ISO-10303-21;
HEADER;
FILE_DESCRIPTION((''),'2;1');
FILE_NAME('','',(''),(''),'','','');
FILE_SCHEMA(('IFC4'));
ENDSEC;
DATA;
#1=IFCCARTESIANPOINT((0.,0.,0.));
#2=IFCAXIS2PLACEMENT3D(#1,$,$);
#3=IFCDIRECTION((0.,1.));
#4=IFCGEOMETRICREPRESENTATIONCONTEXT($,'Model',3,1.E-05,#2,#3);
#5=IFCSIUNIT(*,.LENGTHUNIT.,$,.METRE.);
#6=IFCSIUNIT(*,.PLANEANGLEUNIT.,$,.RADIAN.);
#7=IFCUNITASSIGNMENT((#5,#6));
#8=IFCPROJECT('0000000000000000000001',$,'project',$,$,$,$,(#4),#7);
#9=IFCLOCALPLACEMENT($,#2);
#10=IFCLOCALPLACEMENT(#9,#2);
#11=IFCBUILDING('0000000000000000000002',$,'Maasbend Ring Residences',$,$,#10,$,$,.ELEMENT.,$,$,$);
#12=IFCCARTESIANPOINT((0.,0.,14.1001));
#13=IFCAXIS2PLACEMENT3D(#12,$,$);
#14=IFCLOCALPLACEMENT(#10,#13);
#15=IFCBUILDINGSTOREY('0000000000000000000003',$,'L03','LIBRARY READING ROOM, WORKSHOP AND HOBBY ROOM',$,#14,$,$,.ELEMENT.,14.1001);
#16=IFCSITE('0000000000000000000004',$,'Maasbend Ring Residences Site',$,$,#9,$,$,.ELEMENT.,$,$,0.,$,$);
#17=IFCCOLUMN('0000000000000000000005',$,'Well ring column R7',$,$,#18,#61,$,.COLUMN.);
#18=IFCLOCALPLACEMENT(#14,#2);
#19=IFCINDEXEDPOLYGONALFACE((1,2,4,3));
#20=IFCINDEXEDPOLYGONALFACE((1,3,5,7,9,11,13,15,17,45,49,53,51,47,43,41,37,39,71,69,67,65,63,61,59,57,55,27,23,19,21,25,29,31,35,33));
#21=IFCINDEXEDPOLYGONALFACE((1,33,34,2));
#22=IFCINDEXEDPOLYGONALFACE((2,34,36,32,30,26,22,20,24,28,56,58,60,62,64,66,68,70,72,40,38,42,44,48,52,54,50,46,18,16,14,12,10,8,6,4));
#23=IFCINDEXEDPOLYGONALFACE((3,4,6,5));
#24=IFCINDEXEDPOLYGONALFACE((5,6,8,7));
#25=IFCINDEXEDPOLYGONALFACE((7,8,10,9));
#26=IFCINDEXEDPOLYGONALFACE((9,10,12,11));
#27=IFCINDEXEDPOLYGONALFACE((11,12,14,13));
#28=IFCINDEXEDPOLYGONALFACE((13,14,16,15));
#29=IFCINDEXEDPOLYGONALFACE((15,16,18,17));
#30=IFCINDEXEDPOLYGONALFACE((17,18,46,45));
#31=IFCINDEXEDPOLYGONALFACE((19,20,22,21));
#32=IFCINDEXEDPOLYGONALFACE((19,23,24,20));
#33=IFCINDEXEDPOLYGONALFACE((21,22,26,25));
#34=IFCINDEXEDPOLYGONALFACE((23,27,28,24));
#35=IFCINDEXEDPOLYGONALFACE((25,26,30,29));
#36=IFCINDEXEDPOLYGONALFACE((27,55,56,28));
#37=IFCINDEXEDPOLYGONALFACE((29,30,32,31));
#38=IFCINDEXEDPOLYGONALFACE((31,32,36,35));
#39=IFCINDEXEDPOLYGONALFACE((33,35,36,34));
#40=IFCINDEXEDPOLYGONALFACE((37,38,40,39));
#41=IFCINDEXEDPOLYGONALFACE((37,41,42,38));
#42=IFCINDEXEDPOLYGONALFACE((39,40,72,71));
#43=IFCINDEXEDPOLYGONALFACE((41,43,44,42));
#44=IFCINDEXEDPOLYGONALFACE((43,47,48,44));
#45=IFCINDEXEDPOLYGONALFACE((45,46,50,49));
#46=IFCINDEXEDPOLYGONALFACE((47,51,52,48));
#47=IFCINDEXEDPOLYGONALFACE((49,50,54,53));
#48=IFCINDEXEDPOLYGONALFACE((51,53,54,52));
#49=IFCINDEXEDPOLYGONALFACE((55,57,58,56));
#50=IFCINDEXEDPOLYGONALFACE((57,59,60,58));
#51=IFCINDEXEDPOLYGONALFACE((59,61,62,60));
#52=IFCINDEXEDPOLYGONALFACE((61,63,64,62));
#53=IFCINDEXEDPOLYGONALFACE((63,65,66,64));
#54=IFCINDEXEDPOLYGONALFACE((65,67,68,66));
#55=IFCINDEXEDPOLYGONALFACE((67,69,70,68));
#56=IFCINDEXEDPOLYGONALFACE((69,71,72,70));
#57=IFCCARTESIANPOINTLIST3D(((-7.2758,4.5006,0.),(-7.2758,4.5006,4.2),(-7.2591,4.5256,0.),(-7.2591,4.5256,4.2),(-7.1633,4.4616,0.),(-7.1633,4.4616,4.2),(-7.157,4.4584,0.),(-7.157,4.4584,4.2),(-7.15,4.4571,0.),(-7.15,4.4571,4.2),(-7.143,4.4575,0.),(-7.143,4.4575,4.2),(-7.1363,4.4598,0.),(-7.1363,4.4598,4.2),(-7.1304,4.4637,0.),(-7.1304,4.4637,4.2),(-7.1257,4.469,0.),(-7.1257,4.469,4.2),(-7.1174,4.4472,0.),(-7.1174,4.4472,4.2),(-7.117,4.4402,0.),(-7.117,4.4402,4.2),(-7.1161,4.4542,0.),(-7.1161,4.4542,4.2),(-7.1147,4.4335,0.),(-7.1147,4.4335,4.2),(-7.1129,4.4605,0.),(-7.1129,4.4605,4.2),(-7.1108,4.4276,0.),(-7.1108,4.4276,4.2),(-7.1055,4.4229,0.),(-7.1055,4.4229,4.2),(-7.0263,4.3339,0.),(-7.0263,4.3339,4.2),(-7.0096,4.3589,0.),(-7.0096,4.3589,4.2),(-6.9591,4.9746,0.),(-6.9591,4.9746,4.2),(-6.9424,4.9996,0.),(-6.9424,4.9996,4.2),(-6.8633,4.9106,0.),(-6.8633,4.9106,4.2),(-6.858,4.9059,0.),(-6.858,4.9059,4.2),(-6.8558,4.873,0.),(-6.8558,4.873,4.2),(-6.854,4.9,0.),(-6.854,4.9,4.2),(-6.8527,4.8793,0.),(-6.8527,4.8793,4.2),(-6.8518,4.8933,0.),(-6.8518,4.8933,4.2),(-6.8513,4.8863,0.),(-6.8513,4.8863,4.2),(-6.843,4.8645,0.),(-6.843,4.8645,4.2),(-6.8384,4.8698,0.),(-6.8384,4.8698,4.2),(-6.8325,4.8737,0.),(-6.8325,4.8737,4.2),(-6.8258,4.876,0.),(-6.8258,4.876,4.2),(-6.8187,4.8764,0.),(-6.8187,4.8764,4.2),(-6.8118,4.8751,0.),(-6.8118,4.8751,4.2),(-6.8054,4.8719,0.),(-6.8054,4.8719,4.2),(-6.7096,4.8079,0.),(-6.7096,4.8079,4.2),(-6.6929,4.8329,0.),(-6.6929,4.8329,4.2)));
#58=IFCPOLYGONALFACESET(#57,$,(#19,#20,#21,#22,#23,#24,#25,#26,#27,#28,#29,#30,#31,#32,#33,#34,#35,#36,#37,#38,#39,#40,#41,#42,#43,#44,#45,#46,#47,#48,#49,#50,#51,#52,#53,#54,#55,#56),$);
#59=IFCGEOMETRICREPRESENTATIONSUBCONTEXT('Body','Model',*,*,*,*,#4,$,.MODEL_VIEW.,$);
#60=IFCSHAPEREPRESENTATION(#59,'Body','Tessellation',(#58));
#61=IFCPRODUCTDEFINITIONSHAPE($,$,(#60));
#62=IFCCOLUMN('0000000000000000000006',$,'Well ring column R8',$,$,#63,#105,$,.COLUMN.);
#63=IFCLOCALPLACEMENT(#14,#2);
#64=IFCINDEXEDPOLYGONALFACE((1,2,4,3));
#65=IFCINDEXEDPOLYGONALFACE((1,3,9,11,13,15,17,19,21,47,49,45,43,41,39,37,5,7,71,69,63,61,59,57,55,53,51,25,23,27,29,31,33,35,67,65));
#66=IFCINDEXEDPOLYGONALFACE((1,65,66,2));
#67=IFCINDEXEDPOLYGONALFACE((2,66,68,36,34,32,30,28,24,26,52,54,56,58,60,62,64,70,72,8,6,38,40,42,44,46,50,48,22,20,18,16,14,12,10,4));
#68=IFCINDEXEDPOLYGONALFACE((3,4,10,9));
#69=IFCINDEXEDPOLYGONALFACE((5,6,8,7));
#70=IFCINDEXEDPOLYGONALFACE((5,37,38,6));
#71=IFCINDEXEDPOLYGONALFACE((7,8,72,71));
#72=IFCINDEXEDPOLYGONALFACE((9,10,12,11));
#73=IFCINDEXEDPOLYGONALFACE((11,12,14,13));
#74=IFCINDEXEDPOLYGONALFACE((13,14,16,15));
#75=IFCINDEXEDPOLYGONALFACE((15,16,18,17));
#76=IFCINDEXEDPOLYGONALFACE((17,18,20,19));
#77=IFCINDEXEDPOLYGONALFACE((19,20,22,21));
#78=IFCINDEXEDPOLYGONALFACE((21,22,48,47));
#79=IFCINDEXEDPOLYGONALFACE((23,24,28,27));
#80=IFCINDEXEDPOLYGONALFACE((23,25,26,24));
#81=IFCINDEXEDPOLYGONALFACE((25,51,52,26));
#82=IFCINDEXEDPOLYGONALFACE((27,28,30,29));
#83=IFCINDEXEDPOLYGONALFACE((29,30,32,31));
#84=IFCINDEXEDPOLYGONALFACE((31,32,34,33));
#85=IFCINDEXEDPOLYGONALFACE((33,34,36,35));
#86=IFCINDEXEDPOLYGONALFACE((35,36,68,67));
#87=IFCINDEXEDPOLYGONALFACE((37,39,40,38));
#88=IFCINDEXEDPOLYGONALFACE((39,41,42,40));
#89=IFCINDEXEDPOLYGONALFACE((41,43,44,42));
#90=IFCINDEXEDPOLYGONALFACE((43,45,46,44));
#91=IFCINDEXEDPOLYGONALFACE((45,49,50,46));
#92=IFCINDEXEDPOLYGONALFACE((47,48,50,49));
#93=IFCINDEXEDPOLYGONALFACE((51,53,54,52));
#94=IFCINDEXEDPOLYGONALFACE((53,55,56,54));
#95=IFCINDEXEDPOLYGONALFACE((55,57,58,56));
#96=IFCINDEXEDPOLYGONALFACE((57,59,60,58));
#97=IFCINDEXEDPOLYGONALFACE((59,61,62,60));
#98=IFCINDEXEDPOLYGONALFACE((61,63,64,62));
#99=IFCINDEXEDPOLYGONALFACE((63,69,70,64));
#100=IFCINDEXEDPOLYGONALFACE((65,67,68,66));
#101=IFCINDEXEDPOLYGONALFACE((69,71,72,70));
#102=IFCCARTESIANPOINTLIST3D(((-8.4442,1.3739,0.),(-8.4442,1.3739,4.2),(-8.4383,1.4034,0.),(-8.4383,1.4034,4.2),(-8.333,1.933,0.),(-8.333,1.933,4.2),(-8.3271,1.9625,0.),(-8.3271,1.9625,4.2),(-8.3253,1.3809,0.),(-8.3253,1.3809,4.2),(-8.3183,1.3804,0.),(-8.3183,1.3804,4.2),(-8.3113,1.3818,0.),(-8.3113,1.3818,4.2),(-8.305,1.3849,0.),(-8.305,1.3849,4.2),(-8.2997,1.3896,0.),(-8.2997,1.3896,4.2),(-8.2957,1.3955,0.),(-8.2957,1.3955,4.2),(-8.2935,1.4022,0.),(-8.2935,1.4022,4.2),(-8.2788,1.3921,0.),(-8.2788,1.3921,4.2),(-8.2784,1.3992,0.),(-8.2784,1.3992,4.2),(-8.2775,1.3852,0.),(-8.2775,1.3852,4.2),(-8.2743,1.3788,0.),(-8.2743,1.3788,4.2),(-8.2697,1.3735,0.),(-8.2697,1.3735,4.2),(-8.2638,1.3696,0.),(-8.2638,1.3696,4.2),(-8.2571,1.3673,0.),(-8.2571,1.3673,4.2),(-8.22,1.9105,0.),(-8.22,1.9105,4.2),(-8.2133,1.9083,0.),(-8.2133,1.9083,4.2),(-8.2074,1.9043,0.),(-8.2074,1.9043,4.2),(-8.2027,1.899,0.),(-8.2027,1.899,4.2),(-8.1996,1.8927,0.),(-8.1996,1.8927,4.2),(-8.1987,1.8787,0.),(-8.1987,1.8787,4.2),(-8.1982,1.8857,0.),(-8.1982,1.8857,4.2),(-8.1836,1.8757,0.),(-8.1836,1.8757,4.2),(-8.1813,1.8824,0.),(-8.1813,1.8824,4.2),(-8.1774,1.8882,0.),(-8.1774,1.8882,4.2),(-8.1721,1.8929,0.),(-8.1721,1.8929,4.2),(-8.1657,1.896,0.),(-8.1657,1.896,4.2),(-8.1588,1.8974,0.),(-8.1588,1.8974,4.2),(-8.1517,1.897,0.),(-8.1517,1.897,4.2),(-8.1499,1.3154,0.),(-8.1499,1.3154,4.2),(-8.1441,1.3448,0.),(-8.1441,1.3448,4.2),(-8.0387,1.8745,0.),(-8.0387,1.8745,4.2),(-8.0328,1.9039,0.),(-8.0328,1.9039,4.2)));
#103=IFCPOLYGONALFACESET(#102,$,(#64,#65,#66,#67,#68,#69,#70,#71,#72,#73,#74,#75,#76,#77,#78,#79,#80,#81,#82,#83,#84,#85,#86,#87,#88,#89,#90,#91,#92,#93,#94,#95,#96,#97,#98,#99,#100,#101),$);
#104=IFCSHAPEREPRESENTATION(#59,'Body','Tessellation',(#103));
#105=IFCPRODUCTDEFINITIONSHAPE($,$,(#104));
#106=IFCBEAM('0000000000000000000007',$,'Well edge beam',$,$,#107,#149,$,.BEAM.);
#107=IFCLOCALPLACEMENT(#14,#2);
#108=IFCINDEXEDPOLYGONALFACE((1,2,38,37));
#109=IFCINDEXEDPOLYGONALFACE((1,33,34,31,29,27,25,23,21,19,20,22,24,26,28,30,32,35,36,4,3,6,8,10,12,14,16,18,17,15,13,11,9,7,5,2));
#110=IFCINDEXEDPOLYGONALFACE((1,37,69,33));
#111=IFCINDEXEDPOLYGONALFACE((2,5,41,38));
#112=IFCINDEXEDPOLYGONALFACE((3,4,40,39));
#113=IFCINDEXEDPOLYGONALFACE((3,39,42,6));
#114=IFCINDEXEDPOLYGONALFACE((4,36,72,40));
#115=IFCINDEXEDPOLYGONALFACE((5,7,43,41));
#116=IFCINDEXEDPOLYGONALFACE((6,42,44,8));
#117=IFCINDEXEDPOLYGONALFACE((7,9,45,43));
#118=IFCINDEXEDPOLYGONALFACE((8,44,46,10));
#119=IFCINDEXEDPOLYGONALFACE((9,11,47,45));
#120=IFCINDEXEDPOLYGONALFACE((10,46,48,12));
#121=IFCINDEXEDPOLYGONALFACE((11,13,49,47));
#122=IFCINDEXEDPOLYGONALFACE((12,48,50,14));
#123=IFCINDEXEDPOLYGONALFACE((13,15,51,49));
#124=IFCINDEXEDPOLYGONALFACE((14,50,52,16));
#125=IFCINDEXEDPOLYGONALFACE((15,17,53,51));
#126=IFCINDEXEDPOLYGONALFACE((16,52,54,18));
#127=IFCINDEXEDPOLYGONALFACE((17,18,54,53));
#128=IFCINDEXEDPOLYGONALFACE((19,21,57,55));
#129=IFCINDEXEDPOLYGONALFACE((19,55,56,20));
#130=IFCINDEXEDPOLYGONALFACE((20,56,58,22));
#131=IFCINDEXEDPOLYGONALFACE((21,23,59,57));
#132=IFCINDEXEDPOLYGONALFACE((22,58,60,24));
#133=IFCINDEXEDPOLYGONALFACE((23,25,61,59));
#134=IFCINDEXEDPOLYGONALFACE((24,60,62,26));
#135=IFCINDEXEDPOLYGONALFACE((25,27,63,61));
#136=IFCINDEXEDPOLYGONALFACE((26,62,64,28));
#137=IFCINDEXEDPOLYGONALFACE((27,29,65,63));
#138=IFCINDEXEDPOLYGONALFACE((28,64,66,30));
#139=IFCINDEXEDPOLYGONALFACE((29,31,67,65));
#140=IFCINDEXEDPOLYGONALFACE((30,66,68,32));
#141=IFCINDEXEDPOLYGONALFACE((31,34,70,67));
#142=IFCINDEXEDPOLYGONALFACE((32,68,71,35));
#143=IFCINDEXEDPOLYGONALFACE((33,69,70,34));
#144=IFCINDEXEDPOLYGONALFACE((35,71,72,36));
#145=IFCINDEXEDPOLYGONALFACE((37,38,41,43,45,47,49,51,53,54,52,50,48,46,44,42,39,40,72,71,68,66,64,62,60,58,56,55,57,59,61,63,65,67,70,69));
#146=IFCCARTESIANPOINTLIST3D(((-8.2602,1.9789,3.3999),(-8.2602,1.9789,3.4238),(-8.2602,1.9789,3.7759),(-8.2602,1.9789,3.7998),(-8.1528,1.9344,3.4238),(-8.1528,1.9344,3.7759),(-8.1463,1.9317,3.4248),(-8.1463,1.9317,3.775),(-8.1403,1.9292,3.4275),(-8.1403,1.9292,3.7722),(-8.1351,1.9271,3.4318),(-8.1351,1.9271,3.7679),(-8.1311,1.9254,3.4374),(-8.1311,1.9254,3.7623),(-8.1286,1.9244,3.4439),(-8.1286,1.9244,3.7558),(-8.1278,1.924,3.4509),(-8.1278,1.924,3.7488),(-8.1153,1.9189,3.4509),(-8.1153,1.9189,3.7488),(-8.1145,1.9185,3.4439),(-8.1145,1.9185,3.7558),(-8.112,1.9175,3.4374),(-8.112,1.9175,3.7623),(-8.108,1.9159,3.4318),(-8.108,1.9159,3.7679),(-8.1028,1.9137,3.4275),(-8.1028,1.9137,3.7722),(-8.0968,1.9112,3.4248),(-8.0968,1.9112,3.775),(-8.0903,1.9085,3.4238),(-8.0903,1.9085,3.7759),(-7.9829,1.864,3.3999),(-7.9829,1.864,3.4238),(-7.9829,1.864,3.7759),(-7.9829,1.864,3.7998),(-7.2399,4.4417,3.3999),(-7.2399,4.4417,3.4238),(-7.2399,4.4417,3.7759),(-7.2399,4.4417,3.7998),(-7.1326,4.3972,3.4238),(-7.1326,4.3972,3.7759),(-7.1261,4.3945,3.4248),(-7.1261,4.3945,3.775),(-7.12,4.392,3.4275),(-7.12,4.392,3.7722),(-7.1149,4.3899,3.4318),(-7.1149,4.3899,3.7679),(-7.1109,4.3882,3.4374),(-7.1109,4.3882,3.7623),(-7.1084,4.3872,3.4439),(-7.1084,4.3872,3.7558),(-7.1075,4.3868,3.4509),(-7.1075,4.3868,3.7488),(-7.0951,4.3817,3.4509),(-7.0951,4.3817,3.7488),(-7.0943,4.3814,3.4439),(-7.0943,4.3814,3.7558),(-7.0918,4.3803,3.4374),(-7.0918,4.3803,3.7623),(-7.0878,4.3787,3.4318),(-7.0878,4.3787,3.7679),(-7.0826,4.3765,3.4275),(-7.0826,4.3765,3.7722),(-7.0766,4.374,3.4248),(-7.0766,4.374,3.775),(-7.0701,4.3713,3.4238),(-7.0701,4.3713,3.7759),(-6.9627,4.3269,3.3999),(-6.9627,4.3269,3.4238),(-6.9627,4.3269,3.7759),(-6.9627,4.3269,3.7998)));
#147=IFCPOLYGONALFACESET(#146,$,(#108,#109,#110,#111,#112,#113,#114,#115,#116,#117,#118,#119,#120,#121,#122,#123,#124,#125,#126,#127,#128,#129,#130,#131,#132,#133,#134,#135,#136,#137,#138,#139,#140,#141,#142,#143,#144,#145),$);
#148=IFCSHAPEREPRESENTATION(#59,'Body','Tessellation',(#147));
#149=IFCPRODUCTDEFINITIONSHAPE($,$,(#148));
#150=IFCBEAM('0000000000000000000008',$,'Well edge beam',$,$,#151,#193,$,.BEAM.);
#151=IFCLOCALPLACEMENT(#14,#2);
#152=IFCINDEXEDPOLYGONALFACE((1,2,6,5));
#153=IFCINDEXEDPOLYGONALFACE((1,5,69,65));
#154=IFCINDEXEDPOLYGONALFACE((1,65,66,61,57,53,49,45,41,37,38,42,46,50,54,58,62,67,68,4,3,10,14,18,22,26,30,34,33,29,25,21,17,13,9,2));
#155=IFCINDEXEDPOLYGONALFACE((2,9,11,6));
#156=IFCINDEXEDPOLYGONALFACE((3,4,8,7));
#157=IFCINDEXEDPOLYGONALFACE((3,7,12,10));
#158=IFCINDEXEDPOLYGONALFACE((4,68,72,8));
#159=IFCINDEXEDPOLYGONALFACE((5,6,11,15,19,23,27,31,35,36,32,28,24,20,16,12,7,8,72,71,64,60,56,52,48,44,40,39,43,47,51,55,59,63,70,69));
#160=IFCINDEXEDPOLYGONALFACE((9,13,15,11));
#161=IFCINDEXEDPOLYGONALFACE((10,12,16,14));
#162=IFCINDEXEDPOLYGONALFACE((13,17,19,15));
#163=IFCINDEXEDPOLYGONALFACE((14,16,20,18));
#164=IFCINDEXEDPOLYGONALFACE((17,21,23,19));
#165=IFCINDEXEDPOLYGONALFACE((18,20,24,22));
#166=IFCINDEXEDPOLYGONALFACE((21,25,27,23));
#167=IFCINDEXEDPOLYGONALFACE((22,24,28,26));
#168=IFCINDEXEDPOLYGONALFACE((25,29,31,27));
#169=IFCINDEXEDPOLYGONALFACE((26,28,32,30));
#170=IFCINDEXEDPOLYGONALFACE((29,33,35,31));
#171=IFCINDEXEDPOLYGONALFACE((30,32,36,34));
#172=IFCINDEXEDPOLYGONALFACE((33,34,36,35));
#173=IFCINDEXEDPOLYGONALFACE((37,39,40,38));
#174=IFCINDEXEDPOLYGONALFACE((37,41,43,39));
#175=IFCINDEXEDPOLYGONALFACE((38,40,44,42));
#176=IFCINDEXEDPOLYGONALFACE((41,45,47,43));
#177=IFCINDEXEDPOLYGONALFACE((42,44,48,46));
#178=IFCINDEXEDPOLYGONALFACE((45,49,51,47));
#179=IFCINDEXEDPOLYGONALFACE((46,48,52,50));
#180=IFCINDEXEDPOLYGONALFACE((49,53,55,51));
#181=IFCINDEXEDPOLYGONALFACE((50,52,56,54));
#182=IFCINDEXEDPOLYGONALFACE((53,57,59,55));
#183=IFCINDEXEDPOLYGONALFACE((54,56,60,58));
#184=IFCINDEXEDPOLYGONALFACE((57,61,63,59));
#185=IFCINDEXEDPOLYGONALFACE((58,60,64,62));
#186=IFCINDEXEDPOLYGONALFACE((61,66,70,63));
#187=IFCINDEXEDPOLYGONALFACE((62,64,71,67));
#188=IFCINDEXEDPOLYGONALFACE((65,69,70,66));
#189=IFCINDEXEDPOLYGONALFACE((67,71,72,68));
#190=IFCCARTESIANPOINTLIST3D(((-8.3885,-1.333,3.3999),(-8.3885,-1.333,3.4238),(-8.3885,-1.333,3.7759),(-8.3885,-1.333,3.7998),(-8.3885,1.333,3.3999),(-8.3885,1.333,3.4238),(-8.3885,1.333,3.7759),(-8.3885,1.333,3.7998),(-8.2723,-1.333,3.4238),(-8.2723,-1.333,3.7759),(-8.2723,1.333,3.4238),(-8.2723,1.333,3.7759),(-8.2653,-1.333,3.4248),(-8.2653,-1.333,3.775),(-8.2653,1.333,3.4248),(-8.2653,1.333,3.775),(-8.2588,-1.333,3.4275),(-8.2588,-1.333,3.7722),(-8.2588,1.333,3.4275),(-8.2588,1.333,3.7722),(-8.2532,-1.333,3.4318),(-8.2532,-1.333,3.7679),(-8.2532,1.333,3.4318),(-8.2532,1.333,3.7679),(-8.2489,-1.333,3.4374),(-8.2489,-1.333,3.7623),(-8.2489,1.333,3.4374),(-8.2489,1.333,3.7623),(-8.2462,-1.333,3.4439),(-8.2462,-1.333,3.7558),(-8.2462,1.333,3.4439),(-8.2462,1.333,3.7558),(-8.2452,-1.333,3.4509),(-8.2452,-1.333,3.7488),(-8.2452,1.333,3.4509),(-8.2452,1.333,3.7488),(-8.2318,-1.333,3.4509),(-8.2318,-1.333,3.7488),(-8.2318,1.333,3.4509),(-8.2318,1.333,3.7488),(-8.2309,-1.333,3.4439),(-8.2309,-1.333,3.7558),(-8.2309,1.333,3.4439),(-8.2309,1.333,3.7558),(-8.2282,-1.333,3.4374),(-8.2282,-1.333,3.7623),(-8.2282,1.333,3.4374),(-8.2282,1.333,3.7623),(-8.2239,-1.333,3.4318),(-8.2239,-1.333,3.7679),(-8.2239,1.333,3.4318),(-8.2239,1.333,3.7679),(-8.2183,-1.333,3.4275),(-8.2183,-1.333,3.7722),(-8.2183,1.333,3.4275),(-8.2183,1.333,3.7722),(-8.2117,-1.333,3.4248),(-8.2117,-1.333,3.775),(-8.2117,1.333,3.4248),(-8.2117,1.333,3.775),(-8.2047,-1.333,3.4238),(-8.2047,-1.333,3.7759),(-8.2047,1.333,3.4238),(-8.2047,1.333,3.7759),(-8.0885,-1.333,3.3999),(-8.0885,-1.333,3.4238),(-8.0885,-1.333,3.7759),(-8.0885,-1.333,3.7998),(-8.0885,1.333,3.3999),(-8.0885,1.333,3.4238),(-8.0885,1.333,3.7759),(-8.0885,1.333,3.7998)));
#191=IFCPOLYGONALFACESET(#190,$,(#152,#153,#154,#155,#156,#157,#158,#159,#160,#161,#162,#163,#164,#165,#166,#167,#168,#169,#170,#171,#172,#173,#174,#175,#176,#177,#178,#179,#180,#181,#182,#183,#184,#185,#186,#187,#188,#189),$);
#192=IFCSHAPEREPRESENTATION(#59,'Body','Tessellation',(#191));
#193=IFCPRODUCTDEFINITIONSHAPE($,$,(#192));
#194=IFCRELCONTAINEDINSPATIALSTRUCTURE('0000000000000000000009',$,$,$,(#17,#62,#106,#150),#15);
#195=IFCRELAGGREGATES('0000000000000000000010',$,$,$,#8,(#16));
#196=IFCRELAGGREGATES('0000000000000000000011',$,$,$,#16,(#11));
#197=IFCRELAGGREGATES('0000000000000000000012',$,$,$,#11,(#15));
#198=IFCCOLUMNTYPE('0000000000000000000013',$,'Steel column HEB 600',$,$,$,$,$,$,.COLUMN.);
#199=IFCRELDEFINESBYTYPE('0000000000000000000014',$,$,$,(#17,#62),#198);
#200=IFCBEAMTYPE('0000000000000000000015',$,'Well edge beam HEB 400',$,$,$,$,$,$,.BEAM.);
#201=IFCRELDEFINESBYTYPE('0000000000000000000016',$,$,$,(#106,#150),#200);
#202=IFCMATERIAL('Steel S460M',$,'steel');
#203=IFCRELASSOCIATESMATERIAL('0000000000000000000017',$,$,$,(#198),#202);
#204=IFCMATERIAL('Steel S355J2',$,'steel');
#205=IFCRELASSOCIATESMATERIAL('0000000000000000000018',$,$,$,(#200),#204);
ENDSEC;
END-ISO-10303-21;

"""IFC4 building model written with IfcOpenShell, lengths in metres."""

from ifc_helpers import new_model, si_unit, direction, frame, origin, origin_2d, place, context, subcontext, project, spatial, i_section, extrude, material, material_profile, profile_set, type_object, element, save


model = new_model("IFC4")

# Units and contexts
model_context = context("Model", 3, precision=1e-05, world=origin(), true_north=direction((0.0, 1.0)))
body_context = subcontext(model_context, "Body", "Model", "MODEL_VIEW")
ifc_project = project(units=[si_unit("LENGTHUNIT", "METRE"), si_unit("PLANEANGLEUNIT", "RADIAN")], contexts=[model_context])

# Site, building, storey
site_placement = place(None, origin())
site = spatial("IfcSite", under=ifc_project, at=site_placement, Name="Maasbend Ring Residences Site", CompositionType="ELEMENT", RefElevation=0.0)
building_placement = place(site_placement, origin())
building = spatial("IfcBuilding", under=site, at=building_placement, Name="Maasbend Ring Residences", CompositionType="ELEMENT")
storey_placement = place(building_placement, frame((0.0, 0.0, 14.1001)))
storey = spatial("IfcBuildingStorey", under=building, at=storey_placement, Name="L03", Description="LIBRARY READING ROOM, WORKSHOP AND HOBBY ROOM", CompositionType="ELEMENT", Elevation=14.1001)

# Columns
ifc_material_1 = material(Name="Steel S460M", Category="steel")
ifc_material_profile_1 = material_profile(ifc_material_1, i_section(OverallWidth=0.3, OverallDepth=0.6001, WebThickness=0.0154, FlangeThickness=0.03, FilletRadius=0.0271, at=origin_2d()), Name="HEB 600")
ifc_profile_set_1 = profile_set([ifc_material_profile_1], Name="Steel S460M")
column_type = type_object("IfcColumnType", Name="Steel column HEB 600", PredefinedType="COLUMN", material=ifc_profile_set_1)
for number, where, z_axis, x_axis, name in (
    (1, (-6.9844, 4.6667, 0.0), (0.0, 0.0, 1.0), (-0.83147, 0.55557, 0.0), "Well ring column R7"),
    (2, (-8.2385, 1.6389, 0.0), (0.0, 0.0, 1.0), (-0.980785, 0.19509, 0.0), "Well ring column R8"),
):
    element("IfcColumn", number, at=place(storey_placement, frame(where, z_axis=z_axis, x_axis=x_axis)), inside=storey, type_object=column_type, Name=name, PredefinedType="COLUMN", context=body_context, shape_type="SweptSolid", body=[
        extrude(i_section(OverallWidth=0.3, OverallDepth=0.6001, WebThickness=0.0154, FlangeThickness=0.03, FilletRadius=0.0271, at=origin_2d()), origin(), (0.0, 0.0, 1.0), 4.2),
    ])

# Beams
ifc_material_2 = material(Name="Steel S355J2", Category="steel")
ifc_material_profile_2 = material_profile(ifc_material_2, i_section(OverallWidth=0.3, OverallDepth=0.3999, WebThickness=0.0134, FlangeThickness=0.0239, FilletRadius=0.0271, at=origin_2d()), Name="HEB 400")
ifc_profile_set_2 = profile_set([ifc_material_profile_2], Name="Steel S355J2")
beam_type = type_object("IfcBeamType", Name="Well edge beam HEB 400", PredefinedType="BEAM", material=ifc_profile_set_2)
beam_1_placement = place(storey_placement, frame((-7.1013, 4.3843, 3.5999), z_axis=(-0.382716, -0.923866, 0.0), x_axis=(0.923866, -0.382716, 0.0)))
element("IfcBeam", 3, at=beam_1_placement, inside=storey, type_object=beam_type, Name="Well edge beam", PredefinedType="BEAM", context=body_context, shape_type="SweptSolid", body=[
    extrude(i_section(OverallWidth=0.3, OverallDepth=0.3999, WebThickness=0.0134, FlangeThickness=0.0239, FilletRadius=0.0271, at=origin_2d()), origin(), (0.0, 0.0, 1.0), 2.6658),
])
beam_2_placement = place(storey_placement, frame((-8.2385, 1.333, 3.5999), z_axis=(0.0, -1.0, 0.0), x_axis=(1.0, 0.0, 0.0)))
element("IfcBeam", 4, at=beam_2_placement, inside=storey, type_object=beam_type, Name="Well edge beam", PredefinedType="BEAM", context=body_context, shape_type="SweptSolid", body=[
    extrude(i_section(OverallWidth=0.3, OverallDepth=0.3999, WebThickness=0.0134, FlangeThickness=0.0239, FilletRadius=0.0271, at=origin_2d()), origin(), (0.0, 0.0, 1.0), 2.666),
])

save(model, "model.ifc")
